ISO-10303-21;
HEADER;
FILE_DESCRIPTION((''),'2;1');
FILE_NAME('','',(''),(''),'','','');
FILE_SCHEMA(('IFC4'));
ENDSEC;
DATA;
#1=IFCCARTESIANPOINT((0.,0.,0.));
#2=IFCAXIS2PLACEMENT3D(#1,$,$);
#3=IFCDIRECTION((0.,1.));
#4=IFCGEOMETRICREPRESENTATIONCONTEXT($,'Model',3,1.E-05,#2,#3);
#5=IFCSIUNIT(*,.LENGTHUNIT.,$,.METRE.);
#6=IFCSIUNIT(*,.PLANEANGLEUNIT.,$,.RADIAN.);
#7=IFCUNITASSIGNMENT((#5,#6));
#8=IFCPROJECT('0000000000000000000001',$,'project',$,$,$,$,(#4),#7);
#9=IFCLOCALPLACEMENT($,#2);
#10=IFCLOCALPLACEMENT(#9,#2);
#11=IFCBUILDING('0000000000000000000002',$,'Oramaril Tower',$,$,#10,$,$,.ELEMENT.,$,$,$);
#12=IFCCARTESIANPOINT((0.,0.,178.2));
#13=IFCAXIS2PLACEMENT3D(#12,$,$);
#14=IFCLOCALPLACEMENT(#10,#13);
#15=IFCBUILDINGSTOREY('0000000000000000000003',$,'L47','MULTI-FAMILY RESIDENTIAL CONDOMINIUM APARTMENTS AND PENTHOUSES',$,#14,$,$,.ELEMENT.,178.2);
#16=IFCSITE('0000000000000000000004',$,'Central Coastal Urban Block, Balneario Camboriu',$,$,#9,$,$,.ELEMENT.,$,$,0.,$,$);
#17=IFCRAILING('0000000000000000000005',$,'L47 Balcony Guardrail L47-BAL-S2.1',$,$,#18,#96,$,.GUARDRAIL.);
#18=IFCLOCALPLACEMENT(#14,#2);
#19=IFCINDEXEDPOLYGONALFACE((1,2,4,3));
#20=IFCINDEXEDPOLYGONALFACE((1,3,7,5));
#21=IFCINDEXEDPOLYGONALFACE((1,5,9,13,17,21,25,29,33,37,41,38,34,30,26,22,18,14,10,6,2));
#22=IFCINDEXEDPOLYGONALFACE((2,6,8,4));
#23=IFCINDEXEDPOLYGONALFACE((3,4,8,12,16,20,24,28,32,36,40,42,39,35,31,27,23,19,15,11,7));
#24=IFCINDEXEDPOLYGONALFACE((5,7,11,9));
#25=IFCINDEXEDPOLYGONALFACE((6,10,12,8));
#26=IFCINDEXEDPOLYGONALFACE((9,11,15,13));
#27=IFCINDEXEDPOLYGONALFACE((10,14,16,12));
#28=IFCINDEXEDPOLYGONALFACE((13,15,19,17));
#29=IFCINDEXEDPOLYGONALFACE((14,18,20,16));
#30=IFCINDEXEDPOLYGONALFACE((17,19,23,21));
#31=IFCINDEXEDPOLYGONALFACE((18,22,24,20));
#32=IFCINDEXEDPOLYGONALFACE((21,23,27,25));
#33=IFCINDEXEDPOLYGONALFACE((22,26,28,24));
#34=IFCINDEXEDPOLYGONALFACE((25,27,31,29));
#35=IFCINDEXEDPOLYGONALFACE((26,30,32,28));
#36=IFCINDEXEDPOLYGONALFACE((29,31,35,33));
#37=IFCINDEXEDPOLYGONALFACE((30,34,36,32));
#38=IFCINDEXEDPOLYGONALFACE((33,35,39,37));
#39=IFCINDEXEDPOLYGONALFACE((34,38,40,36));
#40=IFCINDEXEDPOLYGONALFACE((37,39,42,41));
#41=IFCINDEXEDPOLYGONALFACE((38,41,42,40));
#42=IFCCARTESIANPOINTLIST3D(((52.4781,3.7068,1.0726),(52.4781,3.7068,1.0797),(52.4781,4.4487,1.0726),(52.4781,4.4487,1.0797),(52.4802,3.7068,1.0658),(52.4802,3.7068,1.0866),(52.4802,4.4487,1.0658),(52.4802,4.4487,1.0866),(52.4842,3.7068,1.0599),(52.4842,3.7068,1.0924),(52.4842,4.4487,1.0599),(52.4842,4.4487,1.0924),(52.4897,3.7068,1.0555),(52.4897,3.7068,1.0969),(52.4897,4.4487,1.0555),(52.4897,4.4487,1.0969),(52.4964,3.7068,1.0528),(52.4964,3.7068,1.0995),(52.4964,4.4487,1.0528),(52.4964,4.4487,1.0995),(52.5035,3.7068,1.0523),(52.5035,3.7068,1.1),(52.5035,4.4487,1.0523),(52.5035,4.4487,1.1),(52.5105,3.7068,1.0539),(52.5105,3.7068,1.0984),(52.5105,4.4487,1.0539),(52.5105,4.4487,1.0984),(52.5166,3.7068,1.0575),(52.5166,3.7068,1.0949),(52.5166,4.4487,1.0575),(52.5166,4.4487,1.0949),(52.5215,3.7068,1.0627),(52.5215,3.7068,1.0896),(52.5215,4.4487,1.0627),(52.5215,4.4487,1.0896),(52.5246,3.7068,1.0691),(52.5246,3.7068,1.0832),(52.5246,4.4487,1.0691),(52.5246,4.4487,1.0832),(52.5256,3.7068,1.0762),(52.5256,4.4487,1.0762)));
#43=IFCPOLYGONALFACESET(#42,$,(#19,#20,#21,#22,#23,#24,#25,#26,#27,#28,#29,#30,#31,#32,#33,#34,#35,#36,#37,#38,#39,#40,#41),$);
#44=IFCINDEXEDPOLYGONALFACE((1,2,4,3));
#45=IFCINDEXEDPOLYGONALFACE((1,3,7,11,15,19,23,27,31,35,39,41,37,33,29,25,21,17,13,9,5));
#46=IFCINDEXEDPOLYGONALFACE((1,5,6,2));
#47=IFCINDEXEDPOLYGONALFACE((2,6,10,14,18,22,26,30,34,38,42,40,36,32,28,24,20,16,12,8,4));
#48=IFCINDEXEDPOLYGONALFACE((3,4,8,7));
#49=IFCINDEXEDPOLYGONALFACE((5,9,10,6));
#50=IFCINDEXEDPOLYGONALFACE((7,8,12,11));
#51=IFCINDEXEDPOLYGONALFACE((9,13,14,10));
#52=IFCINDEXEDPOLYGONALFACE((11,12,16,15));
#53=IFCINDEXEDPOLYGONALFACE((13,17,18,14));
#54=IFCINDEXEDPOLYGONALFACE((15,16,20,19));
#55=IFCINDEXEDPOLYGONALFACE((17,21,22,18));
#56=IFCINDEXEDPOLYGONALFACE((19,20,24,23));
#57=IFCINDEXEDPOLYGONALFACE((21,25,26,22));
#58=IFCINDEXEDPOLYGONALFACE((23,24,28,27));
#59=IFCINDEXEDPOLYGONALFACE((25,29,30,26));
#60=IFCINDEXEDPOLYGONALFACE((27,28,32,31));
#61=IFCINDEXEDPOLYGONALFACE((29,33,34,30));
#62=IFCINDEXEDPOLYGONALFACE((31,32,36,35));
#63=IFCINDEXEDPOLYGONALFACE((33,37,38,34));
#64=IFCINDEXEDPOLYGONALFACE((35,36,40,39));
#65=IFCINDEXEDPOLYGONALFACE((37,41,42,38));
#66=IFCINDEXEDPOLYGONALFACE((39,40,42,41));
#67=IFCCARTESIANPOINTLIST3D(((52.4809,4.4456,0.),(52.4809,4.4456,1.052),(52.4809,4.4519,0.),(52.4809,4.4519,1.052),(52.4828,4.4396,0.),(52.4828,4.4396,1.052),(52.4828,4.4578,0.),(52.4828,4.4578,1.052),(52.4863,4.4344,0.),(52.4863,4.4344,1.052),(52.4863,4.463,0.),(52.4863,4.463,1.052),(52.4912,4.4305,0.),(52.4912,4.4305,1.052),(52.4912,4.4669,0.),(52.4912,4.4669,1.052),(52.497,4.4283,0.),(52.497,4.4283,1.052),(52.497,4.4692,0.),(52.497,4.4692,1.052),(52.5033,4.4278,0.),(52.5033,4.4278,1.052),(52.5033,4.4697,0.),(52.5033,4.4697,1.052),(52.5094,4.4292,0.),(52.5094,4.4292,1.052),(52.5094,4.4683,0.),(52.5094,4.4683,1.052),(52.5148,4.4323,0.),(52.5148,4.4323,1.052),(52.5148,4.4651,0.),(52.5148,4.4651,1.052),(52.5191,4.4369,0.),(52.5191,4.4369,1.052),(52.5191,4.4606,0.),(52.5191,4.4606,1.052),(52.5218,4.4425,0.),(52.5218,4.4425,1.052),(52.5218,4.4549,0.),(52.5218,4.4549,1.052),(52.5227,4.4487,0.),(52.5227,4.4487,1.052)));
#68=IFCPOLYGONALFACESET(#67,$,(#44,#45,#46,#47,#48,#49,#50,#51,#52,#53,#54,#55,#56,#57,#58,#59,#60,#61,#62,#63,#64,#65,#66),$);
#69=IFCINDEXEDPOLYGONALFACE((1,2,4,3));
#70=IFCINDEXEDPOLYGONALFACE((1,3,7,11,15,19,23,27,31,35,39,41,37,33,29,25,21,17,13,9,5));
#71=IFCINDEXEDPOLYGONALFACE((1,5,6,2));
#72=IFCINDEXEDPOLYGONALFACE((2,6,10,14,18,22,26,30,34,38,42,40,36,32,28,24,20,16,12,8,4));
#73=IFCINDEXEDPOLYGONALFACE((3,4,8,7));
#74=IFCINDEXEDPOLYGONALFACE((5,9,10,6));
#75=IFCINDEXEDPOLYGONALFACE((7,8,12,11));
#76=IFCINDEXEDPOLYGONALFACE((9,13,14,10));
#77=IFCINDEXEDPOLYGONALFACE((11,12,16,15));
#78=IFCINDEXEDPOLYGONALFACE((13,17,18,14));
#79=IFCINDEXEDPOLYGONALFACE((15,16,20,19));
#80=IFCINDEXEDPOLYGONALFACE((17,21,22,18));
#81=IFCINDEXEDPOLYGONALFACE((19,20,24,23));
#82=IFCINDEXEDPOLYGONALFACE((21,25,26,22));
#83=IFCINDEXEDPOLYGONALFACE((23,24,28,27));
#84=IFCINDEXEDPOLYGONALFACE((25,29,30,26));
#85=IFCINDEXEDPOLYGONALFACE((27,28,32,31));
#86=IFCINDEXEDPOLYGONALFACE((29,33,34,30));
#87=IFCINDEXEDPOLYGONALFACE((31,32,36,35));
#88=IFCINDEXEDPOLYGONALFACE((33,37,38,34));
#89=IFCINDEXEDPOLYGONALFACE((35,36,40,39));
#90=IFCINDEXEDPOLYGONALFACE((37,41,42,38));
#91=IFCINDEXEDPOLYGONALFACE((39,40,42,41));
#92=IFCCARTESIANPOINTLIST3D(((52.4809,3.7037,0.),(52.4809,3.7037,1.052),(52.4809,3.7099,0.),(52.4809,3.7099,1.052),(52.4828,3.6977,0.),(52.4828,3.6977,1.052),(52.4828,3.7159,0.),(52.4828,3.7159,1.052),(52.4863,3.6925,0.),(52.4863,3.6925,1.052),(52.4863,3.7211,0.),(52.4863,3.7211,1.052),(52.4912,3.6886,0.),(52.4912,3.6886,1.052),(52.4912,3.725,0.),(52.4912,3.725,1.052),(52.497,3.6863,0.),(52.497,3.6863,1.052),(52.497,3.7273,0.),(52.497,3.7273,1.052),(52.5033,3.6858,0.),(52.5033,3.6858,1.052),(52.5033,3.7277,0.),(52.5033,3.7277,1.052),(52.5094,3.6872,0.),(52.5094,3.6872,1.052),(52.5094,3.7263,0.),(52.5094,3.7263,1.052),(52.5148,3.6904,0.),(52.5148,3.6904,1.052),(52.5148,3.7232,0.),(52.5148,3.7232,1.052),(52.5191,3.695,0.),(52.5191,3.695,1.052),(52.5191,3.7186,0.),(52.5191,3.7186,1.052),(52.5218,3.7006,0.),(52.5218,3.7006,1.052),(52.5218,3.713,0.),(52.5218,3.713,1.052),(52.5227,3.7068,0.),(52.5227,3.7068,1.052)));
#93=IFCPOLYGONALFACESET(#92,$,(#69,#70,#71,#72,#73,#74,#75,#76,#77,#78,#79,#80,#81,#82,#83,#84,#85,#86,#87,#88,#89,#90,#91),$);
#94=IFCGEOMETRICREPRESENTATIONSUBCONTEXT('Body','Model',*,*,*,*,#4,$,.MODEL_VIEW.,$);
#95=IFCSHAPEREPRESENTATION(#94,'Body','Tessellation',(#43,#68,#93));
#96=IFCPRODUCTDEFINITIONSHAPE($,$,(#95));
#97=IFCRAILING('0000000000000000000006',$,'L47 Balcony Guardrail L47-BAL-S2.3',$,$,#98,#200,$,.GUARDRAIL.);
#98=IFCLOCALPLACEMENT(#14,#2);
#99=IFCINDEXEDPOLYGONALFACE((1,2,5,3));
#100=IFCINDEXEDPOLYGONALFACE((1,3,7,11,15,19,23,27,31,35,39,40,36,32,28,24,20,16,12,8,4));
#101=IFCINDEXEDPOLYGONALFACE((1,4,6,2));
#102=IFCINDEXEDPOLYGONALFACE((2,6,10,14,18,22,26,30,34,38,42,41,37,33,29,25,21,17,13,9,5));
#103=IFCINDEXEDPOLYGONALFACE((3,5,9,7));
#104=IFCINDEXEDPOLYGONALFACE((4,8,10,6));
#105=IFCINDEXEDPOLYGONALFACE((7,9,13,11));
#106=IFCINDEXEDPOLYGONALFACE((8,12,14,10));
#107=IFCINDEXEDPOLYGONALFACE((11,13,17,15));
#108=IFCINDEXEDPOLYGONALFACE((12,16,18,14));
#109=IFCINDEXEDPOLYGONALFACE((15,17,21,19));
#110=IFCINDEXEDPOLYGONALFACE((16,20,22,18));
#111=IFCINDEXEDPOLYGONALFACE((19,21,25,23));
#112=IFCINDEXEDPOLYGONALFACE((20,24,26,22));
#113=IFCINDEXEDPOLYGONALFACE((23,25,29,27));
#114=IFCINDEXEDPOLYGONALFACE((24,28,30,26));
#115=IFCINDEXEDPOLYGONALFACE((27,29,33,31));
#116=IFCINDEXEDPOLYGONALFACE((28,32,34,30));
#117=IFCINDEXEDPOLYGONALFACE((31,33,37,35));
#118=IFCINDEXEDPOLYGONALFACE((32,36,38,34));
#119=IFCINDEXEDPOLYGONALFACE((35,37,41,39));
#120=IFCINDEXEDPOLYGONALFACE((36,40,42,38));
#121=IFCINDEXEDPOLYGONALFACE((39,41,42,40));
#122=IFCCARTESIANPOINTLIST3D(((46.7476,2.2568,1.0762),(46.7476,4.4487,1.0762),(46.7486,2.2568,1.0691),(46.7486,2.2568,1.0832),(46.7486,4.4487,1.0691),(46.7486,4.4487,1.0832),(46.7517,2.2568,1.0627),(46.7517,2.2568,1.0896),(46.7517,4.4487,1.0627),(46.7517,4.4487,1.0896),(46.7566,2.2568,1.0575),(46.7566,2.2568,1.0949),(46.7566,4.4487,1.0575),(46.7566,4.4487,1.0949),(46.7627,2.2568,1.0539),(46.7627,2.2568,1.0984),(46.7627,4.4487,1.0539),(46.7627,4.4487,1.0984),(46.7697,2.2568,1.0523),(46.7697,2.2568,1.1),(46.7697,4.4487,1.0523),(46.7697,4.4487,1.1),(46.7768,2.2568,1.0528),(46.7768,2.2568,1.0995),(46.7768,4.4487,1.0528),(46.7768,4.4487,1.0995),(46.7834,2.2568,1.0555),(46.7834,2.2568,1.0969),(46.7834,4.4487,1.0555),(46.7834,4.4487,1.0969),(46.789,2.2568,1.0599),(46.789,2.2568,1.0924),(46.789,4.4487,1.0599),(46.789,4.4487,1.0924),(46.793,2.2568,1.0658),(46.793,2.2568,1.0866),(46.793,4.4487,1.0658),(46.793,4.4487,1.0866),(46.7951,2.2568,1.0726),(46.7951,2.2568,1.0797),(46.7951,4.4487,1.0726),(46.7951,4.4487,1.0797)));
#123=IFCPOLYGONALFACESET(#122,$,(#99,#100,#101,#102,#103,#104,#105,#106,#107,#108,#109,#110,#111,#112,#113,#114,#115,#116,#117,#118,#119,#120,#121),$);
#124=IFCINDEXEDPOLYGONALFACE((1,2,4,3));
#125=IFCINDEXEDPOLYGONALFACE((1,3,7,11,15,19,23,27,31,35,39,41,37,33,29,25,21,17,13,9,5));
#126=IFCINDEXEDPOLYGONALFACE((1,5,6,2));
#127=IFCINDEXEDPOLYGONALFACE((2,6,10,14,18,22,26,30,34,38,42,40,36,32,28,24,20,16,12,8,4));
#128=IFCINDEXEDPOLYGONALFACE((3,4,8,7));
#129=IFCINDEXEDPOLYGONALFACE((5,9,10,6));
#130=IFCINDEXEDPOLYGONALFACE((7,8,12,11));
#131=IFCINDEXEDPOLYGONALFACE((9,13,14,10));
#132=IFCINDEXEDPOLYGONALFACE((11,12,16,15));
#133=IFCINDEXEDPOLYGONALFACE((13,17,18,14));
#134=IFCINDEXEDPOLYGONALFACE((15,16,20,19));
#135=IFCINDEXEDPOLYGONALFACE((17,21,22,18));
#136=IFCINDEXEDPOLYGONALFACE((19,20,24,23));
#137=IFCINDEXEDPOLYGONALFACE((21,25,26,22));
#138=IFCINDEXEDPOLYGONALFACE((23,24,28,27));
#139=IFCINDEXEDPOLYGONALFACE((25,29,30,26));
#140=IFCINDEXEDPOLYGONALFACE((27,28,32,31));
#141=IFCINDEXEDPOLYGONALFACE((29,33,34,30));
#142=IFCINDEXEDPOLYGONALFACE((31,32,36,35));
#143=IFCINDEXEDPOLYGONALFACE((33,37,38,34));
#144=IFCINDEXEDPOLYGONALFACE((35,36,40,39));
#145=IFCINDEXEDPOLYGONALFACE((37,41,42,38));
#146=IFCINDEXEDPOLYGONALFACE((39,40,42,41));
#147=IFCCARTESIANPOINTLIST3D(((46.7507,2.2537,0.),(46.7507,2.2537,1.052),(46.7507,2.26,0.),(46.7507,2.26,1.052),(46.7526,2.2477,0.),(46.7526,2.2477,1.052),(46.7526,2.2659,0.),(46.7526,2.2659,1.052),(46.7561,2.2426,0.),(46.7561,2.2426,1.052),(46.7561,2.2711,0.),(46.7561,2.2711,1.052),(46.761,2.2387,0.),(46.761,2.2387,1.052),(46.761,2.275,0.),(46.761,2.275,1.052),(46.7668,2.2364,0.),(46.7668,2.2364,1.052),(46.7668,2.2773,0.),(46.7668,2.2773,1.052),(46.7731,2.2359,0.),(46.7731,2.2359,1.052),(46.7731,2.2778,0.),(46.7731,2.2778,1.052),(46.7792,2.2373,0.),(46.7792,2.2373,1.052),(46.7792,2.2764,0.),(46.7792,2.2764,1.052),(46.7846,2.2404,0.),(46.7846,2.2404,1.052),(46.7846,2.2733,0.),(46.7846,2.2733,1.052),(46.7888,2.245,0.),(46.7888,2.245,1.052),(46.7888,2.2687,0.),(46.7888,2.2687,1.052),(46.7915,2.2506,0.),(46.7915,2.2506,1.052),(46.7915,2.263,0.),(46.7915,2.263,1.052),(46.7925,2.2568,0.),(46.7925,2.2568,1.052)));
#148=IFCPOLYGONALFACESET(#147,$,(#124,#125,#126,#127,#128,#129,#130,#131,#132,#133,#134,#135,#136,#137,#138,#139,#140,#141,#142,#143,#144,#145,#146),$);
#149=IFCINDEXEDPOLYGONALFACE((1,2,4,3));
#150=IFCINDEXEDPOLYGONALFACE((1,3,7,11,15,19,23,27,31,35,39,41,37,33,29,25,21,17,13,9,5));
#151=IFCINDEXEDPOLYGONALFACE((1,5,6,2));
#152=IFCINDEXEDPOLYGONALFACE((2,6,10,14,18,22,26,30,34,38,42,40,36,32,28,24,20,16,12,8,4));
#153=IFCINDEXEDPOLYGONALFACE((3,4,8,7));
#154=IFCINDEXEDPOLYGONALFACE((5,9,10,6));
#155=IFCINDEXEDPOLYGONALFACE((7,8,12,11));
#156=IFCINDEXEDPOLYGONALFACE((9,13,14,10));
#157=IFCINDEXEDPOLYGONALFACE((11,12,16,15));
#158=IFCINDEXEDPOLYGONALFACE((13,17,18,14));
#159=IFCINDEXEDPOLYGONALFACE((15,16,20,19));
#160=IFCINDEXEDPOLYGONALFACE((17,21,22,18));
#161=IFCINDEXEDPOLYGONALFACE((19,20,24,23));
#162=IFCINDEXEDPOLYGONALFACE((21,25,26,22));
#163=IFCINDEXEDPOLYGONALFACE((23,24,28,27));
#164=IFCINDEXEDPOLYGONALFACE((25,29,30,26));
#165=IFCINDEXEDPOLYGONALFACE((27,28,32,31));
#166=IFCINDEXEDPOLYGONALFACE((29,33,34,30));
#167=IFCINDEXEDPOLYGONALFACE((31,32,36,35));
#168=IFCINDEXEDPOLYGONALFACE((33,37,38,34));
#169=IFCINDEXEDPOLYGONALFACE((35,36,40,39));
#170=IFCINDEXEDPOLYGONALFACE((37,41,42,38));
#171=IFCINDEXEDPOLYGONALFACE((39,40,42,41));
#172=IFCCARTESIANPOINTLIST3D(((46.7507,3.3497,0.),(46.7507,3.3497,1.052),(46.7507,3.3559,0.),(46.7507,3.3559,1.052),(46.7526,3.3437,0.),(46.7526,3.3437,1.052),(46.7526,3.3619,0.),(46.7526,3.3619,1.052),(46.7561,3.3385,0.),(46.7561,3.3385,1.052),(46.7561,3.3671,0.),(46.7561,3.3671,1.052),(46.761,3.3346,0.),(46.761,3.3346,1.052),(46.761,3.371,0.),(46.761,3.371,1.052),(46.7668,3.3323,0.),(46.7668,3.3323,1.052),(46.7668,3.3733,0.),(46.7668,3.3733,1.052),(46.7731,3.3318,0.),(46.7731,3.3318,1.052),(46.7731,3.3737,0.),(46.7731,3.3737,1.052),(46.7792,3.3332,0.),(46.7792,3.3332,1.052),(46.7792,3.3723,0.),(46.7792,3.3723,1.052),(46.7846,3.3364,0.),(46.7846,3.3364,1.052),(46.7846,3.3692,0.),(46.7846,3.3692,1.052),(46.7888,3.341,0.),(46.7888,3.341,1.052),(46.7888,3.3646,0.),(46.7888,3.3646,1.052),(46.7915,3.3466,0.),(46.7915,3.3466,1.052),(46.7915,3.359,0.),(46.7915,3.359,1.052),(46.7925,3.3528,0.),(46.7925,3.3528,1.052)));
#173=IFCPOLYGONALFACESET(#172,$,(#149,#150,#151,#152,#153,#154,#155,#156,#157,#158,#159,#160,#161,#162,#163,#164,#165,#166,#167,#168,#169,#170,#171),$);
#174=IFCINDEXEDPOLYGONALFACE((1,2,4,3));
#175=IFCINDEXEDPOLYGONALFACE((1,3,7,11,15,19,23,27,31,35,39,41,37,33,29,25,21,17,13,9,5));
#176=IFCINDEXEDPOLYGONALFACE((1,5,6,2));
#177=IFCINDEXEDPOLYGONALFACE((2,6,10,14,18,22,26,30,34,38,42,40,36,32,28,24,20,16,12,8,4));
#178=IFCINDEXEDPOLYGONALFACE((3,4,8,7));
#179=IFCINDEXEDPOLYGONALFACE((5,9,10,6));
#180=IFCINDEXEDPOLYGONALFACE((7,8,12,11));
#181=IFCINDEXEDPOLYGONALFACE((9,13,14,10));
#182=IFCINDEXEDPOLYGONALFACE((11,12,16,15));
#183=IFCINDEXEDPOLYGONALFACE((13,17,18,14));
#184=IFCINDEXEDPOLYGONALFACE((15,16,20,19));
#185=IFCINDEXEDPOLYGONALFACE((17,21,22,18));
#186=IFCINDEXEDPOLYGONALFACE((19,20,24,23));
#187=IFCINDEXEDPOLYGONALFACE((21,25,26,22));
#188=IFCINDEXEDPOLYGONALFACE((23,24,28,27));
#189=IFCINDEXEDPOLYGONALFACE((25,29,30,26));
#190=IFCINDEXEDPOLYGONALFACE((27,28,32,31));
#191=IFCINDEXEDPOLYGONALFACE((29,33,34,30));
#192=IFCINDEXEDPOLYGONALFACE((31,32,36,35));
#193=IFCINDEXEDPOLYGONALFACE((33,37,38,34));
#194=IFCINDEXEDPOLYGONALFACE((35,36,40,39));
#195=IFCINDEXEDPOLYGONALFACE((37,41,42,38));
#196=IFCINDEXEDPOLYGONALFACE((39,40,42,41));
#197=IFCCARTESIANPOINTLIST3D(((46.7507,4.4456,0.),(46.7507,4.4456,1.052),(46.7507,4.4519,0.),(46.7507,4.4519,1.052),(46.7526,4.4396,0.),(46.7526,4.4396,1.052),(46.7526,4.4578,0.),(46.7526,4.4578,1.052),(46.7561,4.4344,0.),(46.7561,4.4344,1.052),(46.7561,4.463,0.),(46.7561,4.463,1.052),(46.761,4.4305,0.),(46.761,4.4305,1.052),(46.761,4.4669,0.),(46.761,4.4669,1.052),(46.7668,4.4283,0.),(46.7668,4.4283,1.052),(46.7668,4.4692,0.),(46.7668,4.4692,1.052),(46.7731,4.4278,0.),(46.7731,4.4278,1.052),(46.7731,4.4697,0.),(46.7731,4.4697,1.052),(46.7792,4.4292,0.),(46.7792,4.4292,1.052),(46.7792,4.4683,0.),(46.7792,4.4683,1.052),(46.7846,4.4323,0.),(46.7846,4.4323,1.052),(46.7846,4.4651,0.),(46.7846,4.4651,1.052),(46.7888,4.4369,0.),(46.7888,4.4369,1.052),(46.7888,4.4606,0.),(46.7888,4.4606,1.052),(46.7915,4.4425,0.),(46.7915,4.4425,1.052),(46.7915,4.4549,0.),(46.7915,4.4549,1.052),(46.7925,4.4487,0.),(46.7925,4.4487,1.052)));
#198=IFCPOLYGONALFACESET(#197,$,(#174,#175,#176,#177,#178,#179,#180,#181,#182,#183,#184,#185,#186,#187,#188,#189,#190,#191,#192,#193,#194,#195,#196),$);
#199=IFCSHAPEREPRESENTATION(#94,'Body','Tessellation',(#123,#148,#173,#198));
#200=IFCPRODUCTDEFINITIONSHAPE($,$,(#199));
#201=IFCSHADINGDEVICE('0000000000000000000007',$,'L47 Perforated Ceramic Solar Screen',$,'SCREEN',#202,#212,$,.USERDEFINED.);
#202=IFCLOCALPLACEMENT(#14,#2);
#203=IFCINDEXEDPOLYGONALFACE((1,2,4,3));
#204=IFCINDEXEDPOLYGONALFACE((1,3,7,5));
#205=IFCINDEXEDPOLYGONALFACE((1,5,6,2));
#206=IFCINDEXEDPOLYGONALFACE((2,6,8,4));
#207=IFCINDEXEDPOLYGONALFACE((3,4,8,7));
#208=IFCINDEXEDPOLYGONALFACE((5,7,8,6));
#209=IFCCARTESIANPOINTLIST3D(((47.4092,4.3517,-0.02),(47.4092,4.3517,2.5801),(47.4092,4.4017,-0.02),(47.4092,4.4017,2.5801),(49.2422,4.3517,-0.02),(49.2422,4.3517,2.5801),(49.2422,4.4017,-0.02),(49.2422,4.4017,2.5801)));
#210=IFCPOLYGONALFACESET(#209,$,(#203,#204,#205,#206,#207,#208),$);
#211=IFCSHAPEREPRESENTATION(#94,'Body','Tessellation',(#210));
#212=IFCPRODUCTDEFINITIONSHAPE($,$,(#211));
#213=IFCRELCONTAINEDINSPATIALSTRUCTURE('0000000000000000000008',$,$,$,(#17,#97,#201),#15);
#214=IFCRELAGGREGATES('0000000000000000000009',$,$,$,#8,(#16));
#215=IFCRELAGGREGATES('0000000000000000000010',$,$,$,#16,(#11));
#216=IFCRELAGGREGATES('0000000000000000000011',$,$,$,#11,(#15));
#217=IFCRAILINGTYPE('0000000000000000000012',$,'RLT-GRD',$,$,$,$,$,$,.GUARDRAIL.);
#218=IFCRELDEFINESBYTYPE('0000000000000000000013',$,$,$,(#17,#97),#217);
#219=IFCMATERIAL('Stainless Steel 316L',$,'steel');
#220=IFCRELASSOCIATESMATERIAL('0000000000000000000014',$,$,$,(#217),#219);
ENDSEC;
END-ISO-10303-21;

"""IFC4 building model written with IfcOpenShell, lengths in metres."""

from ifc_helpers import new_model, si_unit, direction, frame, origin, origin_2d, place, context, subcontext, project, spatial, rectangle, circle, extrude, material, type_object, element, save


model = new_model("IFC4")

# Units and contexts
model_context = context("Model", 3, precision=1e-05, world=origin(), true_north=direction((0.0, 1.0)))
body_context = subcontext(model_context, "Body", "Model", "MODEL_VIEW")
ifc_project = project(units=[si_unit("LENGTHUNIT", "METRE"), si_unit("PLANEANGLEUNIT", "RADIAN")], contexts=[model_context])

# Site, building, storey
site_placement = place(None, origin())
site = spatial("IfcSite", under=ifc_project, at=site_placement, Name="Central Coastal Urban Block, Balneario Camboriu", CompositionType="ELEMENT", RefElevation=0.0)
building_placement = place(site_placement, origin())
building = spatial("IfcBuilding", under=site, at=building_placement, Name="Oramaril Tower", CompositionType="ELEMENT")
storey_placement = place(building_placement, frame((0.0, 0.0, 178.2)))
storey = spatial("IfcBuildingStorey", under=building, at=storey_placement, Name="L47", Description="MULTI-FAMILY RESIDENTIAL CONDOMINIUM APARTMENTS AND PENTHOUSES", CompositionType="ELEMENT", Elevation=178.2)

# Railings
ifc_material_1 = material(Name="Stainless Steel 316L", Category="steel")
railing_type = type_object("IfcRailingType", Name="RLT-GRD", PredefinedType="GUARDRAIL", material=ifc_material_1)
railing_1_placement = place(storey_placement, frame((52.5017, 4.4487, 0.0)))
element("IfcRailing", 1, at=railing_1_placement, inside=storey, type_object=railing_type, Name="L47 Balcony Guardrail L47-BAL-S2.1", PredefinedType="GUARDRAIL", context=body_context, shape_type="SweptSolid", body=[
    extrude(circle(Radius=0.0239, at=origin_2d()), frame((0.0, 0.0, 1.0762), z_axis=(0.0, -1.0, 0.0), x_axis=(1.0, 0.0, 0.0)), (0.0, 0.0, 1.0), 0.7419),
    extrude(circle(Radius=0.021, at=origin_2d()), origin(), (0.0, 0.0, 1.0), 1.052),
    extrude(circle(Radius=0.021, at=origin_2d()), frame((0.0, -0.7419, 0.0)), (0.0, 0.0, 1.0), 1.052),
])
railing_2_placement = place(storey_placement, frame((46.7715, 2.2568, 0.0)))
element("IfcRailing", 2, at=railing_2_placement, inside=storey, type_object=railing_type, Name="L47 Balcony Guardrail L47-BAL-S2.3", PredefinedType="GUARDRAIL", context=body_context, shape_type="SweptSolid", body=[
    extrude(circle(Radius=0.0239, at=origin_2d()), frame((0.0, 0.0, 1.0762), z_axis=(0.0, 1.0, 0.0), x_axis=(-1.0, 0.0, 0.0)), (0.0, 0.0, 1.0), 2.1919),
    extrude(circle(Radius=0.021, at=origin_2d()), origin(), (0.0, 0.0, 1.0), 1.052),
    extrude(circle(Radius=0.021, at=origin_2d()), frame((0.0, 1.0959, 0.0)), (0.0, 0.0, 1.0), 1.052),
    extrude(circle(Radius=0.021, at=origin_2d()), frame((0.0, 2.1919, 0.0)), (0.0, 0.0, 1.0), 1.052),
])

# Shading device
for number, where, z_axis, x_axis, name in (
    (3, (48.3257, 4.3767, -0.02), (0.0, 0.0, 1.0), (1.0, 0.0, 0.0), "L47 Perforated Ceramic Solar Screen"),
):
    element("IfcShadingDevice", number, at=place(storey_placement, frame(where, z_axis=z_axis, x_axis=x_axis)), inside=storey, Name=name, ObjectType="SCREEN", PredefinedType="USERDEFINED", context=body_context, shape_type="SweptSolid", body=[
        extrude(rectangle(XDim=1.833, YDim=0.05, at=origin_2d()), origin(), (0.0, 0.0, 1.0), 2.6001),
    ])

save(model, "model.ifc")
